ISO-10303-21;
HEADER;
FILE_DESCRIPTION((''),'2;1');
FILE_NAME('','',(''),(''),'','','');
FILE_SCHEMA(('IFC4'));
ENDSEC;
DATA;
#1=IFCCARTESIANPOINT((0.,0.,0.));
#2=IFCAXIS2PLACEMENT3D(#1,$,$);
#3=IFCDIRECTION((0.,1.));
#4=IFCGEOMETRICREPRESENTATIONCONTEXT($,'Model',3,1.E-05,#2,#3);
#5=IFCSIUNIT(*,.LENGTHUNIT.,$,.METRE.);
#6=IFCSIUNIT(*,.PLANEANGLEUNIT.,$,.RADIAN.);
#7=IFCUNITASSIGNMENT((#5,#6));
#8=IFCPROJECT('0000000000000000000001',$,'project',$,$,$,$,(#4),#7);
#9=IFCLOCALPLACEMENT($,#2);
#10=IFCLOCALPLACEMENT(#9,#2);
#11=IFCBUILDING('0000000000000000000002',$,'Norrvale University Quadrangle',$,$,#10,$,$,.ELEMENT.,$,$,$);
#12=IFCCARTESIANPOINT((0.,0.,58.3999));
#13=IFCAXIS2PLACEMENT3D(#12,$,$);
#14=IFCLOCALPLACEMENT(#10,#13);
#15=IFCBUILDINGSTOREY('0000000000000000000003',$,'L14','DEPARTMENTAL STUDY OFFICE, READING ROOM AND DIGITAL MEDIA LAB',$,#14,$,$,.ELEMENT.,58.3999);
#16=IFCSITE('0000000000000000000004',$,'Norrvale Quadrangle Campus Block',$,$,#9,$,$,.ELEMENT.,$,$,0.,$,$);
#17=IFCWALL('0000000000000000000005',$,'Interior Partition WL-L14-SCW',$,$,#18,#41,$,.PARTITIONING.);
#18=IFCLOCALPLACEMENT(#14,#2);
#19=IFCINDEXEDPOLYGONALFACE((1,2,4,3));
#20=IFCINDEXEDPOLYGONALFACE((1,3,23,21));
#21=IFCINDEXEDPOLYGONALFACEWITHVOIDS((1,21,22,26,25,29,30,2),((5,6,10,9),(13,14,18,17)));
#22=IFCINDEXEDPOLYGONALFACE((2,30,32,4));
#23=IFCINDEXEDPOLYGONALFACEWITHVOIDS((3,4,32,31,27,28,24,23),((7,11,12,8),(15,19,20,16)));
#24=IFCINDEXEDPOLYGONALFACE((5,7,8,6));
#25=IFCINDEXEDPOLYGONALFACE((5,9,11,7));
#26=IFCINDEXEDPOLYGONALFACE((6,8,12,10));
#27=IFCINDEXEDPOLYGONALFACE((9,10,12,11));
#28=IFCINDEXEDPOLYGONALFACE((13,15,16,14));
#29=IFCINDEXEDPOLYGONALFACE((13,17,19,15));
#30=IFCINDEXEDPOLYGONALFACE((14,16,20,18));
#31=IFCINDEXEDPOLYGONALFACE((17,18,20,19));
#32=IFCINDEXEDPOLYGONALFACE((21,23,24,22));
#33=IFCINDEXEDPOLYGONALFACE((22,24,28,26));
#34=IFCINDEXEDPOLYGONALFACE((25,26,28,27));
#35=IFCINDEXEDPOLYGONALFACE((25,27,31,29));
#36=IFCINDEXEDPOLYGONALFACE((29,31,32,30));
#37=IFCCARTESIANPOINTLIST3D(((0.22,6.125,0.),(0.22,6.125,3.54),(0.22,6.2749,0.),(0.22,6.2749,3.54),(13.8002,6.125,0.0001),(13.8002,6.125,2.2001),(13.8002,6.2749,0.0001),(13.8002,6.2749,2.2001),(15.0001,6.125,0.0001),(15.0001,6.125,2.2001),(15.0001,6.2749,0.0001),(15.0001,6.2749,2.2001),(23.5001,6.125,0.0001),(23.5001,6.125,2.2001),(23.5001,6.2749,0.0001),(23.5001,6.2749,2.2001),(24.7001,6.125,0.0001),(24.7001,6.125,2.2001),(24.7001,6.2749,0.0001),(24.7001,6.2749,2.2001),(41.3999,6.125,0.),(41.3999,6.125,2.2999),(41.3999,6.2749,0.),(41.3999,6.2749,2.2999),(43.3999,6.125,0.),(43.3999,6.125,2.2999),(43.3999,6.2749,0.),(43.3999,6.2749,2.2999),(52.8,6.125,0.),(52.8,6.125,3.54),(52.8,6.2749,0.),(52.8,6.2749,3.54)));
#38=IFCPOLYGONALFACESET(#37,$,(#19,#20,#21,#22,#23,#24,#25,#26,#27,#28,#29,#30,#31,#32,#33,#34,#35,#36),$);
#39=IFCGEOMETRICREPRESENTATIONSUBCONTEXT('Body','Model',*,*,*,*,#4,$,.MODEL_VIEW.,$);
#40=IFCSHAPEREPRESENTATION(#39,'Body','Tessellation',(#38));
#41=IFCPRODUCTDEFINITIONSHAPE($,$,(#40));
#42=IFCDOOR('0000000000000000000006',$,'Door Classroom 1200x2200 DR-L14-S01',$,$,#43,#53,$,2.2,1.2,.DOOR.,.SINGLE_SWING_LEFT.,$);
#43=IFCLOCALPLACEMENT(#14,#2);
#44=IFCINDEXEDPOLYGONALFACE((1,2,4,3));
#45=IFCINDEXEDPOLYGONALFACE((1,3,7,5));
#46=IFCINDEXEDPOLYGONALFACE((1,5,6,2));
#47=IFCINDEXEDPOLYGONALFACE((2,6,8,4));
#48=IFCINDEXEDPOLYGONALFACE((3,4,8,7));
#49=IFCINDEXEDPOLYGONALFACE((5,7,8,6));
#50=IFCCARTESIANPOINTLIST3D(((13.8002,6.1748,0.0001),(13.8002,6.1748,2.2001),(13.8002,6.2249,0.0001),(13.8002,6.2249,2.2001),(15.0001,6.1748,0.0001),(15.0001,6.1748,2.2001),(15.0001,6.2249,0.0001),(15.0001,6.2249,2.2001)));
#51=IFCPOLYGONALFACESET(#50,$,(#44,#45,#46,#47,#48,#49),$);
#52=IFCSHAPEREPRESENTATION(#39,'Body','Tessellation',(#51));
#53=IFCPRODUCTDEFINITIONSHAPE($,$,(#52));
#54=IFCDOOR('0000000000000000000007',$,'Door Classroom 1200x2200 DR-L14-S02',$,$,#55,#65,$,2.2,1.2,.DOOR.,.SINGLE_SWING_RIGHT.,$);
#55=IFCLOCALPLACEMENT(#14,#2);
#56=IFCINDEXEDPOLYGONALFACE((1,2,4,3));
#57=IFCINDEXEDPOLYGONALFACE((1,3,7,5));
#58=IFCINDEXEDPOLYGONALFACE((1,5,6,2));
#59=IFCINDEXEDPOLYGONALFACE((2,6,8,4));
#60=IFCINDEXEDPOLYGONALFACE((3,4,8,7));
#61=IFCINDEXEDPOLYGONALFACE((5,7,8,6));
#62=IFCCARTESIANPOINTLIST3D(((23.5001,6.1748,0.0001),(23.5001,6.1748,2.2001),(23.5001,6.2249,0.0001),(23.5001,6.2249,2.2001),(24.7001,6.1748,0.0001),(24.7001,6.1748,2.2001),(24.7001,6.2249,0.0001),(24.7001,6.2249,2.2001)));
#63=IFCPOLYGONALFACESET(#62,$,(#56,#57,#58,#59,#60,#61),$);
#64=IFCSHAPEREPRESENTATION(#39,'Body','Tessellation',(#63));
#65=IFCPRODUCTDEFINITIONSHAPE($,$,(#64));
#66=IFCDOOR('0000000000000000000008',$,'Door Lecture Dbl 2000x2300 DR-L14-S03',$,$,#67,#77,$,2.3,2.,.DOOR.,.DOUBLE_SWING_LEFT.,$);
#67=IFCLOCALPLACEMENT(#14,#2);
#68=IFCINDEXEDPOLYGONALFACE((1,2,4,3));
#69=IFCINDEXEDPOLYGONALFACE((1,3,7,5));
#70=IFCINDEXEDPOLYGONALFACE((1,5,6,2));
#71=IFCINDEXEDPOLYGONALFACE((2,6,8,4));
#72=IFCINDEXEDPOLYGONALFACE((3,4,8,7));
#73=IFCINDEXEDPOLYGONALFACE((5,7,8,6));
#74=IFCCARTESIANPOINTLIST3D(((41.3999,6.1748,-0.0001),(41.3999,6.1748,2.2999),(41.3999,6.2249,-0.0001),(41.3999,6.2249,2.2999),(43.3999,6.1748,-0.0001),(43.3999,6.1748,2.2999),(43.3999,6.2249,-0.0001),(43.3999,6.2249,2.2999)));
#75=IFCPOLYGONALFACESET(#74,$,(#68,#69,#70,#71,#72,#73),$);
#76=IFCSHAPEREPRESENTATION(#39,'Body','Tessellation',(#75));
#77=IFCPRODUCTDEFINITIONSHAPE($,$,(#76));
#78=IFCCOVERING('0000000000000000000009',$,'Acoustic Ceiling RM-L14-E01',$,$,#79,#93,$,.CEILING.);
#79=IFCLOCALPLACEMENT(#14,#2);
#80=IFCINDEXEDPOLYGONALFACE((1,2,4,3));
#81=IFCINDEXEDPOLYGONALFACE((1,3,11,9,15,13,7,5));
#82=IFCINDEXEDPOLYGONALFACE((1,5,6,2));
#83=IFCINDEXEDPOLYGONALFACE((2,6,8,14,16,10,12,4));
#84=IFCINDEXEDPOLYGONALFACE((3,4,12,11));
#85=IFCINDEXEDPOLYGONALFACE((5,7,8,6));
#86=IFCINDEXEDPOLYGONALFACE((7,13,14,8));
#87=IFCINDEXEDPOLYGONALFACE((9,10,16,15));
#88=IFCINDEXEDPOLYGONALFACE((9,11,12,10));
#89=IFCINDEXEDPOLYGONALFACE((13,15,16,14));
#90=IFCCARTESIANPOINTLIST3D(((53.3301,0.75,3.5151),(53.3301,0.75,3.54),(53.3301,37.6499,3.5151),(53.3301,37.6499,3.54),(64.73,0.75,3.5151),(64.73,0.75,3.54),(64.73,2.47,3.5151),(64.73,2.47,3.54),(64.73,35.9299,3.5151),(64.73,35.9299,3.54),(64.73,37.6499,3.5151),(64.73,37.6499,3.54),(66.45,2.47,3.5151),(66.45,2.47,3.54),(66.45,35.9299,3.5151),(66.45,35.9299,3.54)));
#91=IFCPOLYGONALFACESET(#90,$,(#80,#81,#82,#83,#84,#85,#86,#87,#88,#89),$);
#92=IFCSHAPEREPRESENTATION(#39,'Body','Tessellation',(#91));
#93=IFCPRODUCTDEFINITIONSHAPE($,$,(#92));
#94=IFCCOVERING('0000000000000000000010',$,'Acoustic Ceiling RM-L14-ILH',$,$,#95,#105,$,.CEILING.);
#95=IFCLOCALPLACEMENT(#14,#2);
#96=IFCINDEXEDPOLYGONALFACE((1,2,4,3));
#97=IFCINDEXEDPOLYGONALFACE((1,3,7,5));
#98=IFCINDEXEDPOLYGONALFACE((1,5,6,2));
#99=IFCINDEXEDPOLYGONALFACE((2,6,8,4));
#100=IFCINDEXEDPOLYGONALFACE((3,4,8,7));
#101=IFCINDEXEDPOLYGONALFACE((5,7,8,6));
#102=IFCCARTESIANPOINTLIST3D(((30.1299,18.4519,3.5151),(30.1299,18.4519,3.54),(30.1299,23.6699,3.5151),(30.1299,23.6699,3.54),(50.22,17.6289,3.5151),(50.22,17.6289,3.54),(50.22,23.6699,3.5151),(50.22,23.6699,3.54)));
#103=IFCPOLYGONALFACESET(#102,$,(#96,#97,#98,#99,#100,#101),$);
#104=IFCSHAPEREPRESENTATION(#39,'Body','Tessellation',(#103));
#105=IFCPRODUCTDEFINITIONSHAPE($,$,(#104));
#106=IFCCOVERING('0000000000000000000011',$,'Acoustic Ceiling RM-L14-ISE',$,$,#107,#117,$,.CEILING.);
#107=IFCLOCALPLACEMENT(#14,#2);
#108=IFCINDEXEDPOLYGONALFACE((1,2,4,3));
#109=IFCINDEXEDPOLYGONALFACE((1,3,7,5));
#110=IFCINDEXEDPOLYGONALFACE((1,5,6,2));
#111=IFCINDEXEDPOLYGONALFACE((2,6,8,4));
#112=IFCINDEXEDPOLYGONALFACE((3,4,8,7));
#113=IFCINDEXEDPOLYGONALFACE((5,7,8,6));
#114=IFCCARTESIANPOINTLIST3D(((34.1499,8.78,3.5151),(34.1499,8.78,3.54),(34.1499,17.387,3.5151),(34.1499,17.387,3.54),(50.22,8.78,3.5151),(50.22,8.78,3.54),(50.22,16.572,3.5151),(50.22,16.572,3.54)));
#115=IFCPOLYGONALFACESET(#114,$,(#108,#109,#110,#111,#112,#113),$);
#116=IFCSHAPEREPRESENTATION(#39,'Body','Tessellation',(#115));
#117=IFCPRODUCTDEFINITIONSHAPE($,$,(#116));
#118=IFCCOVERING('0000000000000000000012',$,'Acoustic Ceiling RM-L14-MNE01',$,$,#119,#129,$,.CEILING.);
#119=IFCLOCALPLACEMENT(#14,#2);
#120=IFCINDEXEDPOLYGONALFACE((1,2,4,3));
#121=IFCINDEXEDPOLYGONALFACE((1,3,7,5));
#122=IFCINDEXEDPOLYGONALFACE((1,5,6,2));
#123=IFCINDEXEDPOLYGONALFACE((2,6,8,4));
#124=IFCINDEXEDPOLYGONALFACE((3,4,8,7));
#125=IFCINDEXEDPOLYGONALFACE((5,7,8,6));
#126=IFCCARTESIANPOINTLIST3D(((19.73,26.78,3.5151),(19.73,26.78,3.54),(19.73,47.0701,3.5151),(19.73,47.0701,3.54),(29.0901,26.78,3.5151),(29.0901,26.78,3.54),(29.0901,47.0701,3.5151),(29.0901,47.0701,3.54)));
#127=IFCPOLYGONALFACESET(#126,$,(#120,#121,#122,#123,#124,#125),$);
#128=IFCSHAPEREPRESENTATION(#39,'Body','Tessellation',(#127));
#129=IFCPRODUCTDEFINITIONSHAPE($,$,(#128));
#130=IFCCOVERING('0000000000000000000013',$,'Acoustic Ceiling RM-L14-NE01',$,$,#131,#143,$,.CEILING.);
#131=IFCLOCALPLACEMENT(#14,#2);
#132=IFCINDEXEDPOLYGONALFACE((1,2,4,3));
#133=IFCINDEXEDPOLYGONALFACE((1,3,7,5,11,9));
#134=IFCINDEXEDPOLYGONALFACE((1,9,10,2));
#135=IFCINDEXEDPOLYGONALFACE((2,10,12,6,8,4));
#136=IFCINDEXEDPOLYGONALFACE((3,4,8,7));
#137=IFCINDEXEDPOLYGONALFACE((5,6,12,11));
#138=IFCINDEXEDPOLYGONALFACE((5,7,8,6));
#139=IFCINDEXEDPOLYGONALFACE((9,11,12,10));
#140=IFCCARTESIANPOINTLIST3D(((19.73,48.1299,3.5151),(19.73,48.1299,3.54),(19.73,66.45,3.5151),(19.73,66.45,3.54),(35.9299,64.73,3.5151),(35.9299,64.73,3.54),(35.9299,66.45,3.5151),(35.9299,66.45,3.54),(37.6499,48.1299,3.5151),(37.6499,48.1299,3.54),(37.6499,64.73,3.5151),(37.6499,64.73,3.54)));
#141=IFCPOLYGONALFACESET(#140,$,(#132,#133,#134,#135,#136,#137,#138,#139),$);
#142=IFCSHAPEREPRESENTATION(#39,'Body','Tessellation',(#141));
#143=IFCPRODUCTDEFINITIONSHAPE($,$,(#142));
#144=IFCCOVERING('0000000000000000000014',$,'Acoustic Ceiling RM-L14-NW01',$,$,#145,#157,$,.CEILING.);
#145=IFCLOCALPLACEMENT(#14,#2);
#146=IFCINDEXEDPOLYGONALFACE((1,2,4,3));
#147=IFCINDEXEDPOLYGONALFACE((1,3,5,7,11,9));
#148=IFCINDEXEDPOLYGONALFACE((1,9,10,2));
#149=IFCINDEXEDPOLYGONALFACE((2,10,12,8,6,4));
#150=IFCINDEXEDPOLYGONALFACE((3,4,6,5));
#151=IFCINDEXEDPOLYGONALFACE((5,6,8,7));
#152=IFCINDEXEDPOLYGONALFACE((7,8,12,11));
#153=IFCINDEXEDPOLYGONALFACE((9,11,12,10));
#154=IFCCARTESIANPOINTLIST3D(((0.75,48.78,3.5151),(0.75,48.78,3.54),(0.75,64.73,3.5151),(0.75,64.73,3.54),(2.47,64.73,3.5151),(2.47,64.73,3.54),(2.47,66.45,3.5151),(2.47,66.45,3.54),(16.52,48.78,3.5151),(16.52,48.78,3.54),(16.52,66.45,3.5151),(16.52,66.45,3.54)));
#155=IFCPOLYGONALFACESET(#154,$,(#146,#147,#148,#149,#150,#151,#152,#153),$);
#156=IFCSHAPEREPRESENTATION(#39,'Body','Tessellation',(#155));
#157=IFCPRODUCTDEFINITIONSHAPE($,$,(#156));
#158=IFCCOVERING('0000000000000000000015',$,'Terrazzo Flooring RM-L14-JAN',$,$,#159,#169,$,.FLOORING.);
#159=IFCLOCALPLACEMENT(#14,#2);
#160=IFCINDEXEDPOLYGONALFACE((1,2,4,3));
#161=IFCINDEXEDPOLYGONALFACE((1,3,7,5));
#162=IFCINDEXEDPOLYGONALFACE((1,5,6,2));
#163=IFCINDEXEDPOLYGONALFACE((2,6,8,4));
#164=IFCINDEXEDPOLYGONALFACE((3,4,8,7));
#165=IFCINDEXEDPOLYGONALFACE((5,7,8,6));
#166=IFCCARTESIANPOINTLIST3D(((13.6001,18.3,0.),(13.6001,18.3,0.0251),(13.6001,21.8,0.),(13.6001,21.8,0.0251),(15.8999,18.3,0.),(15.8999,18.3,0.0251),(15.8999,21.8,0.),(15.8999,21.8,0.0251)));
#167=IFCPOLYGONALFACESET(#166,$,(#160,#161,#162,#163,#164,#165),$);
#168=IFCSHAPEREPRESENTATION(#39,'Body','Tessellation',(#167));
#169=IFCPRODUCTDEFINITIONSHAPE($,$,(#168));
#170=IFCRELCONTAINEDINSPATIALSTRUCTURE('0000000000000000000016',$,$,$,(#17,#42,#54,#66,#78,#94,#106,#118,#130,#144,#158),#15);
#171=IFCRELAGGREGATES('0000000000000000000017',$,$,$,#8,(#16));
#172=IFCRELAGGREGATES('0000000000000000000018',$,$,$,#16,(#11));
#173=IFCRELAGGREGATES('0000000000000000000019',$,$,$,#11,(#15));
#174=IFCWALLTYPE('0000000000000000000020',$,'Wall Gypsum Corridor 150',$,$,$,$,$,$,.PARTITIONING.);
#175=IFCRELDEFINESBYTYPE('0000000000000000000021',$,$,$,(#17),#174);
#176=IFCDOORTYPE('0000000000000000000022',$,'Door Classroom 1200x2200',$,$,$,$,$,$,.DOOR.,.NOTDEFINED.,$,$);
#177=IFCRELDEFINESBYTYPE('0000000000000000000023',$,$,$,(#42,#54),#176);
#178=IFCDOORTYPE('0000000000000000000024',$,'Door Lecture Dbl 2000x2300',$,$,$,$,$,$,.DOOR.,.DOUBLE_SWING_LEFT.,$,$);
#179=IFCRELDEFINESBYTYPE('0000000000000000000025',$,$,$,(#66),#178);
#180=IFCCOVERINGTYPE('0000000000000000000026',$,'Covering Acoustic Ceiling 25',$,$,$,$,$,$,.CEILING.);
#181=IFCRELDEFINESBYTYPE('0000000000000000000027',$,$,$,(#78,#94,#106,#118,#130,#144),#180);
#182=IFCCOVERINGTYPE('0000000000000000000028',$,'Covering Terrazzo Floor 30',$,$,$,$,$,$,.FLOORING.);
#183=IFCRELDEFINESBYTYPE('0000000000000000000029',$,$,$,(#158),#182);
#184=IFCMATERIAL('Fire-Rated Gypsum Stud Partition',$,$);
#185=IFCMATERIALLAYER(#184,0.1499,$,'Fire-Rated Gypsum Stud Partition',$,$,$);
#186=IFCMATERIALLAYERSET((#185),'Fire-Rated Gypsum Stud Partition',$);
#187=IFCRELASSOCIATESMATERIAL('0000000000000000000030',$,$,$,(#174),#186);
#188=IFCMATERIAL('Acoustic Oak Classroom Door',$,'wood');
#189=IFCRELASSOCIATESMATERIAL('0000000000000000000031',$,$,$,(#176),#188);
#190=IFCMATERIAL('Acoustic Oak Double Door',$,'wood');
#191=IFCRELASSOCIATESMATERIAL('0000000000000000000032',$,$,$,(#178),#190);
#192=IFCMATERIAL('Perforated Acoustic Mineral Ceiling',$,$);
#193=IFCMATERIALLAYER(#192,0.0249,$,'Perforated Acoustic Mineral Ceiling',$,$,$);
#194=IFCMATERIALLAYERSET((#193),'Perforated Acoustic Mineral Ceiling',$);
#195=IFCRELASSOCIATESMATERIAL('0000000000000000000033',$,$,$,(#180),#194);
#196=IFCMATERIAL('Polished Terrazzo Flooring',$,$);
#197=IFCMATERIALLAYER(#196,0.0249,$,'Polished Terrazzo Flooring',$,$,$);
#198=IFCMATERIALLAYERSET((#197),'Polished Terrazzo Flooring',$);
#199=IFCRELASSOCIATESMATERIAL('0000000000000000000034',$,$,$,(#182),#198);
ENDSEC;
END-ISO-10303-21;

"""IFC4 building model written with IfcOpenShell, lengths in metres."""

from ifc_helpers import new_model, si_unit, direction, frame, frame_2d, origin, place, context, subcontext, project, spatial, polyline, rectangle, outline, extrude, material, layer, layer_set, type_object, element, fill, save


model = new_model("IFC4")

# Units and contexts
model_context = context("Model", 3, precision=1e-05, world=origin(), true_north=direction((0.0, 1.0)))
body_context = subcontext(model_context, "Body", "Model", "MODEL_VIEW")
ifc_project = project(units=[si_unit("LENGTHUNIT", "METRE"), si_unit("PLANEANGLEUNIT", "RADIAN")], contexts=[model_context])

# Site, building, storey
site_placement = place(None, origin())
site = spatial("IfcSite", under=ifc_project, at=site_placement, Name="Norrvale Quadrangle Campus Block", CompositionType="ELEMENT", RefElevation=0.0)
building_placement = place(site_placement, origin())
building = spatial("IfcBuilding", under=site, at=building_placement, Name="Norrvale University Quadrangle", CompositionType="ELEMENT")
storey_placement = place(building_placement, frame((0.0, 0.0, 58.3999)))
storey = spatial("IfcBuildingStorey", under=building, at=storey_placement, Name="L14", Description="DEPARTMENTAL STUDY OFFICE, READING ROOM AND DIGITAL MEDIA LAB", CompositionType="ELEMENT", Elevation=58.3999)

# Wall, openings, doors
ifc_material_1 = material(Name="Fire-Rated Gypsum Stud Partition")
ifc_layer_1 = layer(ifc_material_1, 0.1499, Name="Fire-Rated Gypsum Stud Partition")
ifc_layer_set_1 = layer_set([ifc_layer_1], Name="Fire-Rated Gypsum Stud Partition")
wall_type_1 = type_object("IfcWallType", Name="Wall Gypsum Corridor 150", PredefinedType="PARTITIONING", material=ifc_layer_set_1)
wall_1_placement = place(storey_placement, frame((0.22, 6.2, 0.0), z_axis=(0.0, 0.0, 1.0), x_axis=(1.0, 0.0, 0.0)))
wall_1 = element("IfcWall", 1, at=wall_1_placement, inside=storey, type_object=wall_type_1, Name="Interior Partition WL-L14-SCW", PredefinedType="PARTITIONING", context=body_context, shape_type="SweptSolid", body=[
    extrude(rectangle(XDim=52.5801, YDim=0.1499, at=frame_2d((26.29, 0.0))), origin(), (0.0, 0.0, 1.0), 3.54),
])
opening_1_placement = place(wall_1_placement, frame((13.5801, 0.0, 0.0)))
opening_1 = element("IfcOpeningElement", 2, at=opening_1_placement, cuts=wall_1, PredefinedType="OPENING", context=body_context, shape_type="SweptSolid", body=[
    extrude(rectangle(XDim=1.2, YDim=2.2, at=frame_2d((0.6001, 1.1001))), frame((0.0, 0.0869, 0.0), z_axis=(0.0, -1.0, 0.0), x_axis=(1.0, 0.0, 0.0)), (0.0, 0.0, 1.0), 0.1738),
])
opening_2_placement = place(wall_1_placement, frame((23.28, 0.0, 0.0)))
opening_2 = element("IfcOpeningElement", 3, at=opening_2_placement, cuts=wall_1, PredefinedType="OPENING", context=body_context, shape_type="SweptSolid", body=[
    extrude(rectangle(XDim=1.2, YDim=2.2, at=frame_2d((0.6001, 1.1001))), frame((0.0, 0.0869, 0.0), z_axis=(0.0, -1.0, 0.0), x_axis=(1.0, 0.0, 0.0)), (0.0, 0.0, 1.0), 0.1738),
])
opening_3_placement = place(wall_1_placement, frame((41.1799, 0.0, 0.0)))
opening_3 = element("IfcOpeningElement", 4, at=opening_3_placement, cuts=wall_1, PredefinedType="OPENING", context=body_context, shape_type="SweptSolid", body=[
    extrude(rectangle(XDim=2.0, YDim=2.3, at=frame_2d((1.0, 1.1499))), frame((0.0, 0.0869, 0.0), z_axis=(0.0, -1.0, 0.0), x_axis=(1.0, 0.0, 0.0)), (0.0, 0.0, 1.0), 0.1738),
])
ifc_material_2 = material(Name="Acoustic Oak Classroom Door", Category="wood")
door_type_1 = type_object("IfcDoorType", Name="Door Classroom 1200x2200", OperationType="NOTDEFINED", PredefinedType="DOOR", material=ifc_material_2)
door_1_placement = place(opening_1_placement, origin())
door_1 = element("IfcDoor", 5, at=door_1_placement, inside=storey, type_object=door_type_1, Name="Door Classroom 1200x2200 DR-L14-S01", OperationType="SINGLE_SWING_LEFT", OverallHeight=2.2, OverallWidth=1.2, PredefinedType="DOOR", context=body_context, shape_type="SweptSolid", body=[
    extrude(rectangle(XDim=1.2, YDim=2.2, at=frame_2d((0.6001, 1.1001))), frame((0.0, 0.0249, 0.0), z_axis=(0.0, -1.0, 0.0), x_axis=(1.0, 0.0, 0.0)), (0.0, 0.0, 1.0), 0.05),
])
fill(opening_1, door_1)
door_2_placement = place(opening_2_placement, origin())
door_2 = element("IfcDoor", 6, at=door_2_placement, inside=storey, type_object=door_type_1, Name="Door Classroom 1200x2200 DR-L14-S02", OperationType="SINGLE_SWING_RIGHT", OverallHeight=2.2, OverallWidth=1.2, PredefinedType="DOOR", context=body_context, shape_type="SweptSolid", body=[
    extrude(rectangle(XDim=1.2, YDim=2.2, at=frame_2d((0.6001, 1.1001))), frame((0.0, 0.0249, 0.0), z_axis=(0.0, -1.0, 0.0), x_axis=(1.0, 0.0, 0.0)), (0.0, 0.0, 1.0), 0.05),
])
fill(opening_2, door_2)
ifc_material_3 = material(Name="Acoustic Oak Double Door", Category="wood")
door_type_2 = type_object("IfcDoorType", Name="Door Lecture Dbl 2000x2300", OperationType="DOUBLE_SWING_LEFT", PredefinedType="DOOR", material=ifc_material_3)
door_3_placement = place(opening_3_placement, origin())
door_3 = element("IfcDoor", 7, at=door_3_placement, inside=storey, type_object=door_type_2, Name="Door Lecture Dbl 2000x2300 DR-L14-S03", OperationType="DOUBLE_SWING_LEFT", OverallHeight=2.3, OverallWidth=2.0, PredefinedType="DOOR", context=body_context, shape_type="SweptSolid", body=[
    extrude(rectangle(XDim=2.0, YDim=2.3, at=frame_2d((1.0, 1.1499))), frame((0.0, 0.0249, 0.0), z_axis=(0.0, -1.0, 0.0), x_axis=(1.0, 0.0, 0.0)), (0.0, 0.0, 1.0), 0.05),
])
fill(opening_3, door_3)

# Coverings
ifc_material_4 = material(Name="Perforated Acoustic Mineral Ceiling")
ifc_layer_2 = layer(ifc_material_4, 0.0249, Name="Perforated Acoustic Mineral Ceiling")
ifc_layer_set_2 = layer_set([ifc_layer_2], Name="Perforated Acoustic Mineral Ceiling")
covering_type_1 = type_object("IfcCoveringType", Name="Covering Acoustic Ceiling 25", PredefinedType="CEILING", material=ifc_layer_set_2)
covering_1_placement = place(storey_placement, frame((0.0, 0.0, 3.5151)))
element("IfcCovering", 8, at=covering_1_placement, inside=storey, type_object=covering_type_1, Name="Acoustic Ceiling RM-L14-E01", PredefinedType="CEILING", context=body_context, shape_type="SweptSolid", body=[
    extrude(outline(polyline([(53.3301, 37.6499), (64.73, 37.6499), (64.73, 35.9299), (66.45, 35.9299), (66.45, 2.47), (64.73, 2.47), (64.73, 0.75), (53.3301, 0.75), (53.3301, 37.6499)])), origin(), (0.0, 0.0, 1.0), 0.0249),
])
covering_2_placement = place(storey_placement, frame((0.0, 0.0, 3.5151)))
element("IfcCovering", 9, at=covering_2_placement, inside=storey, type_object=covering_type_1, Name="Acoustic Ceiling RM-L14-ILH", PredefinedType="CEILING", context=body_context, shape_type="SweptSolid", body=[
    extrude(outline(polyline([(30.1299, 18.4519), (30.1299, 23.6699), (50.22, 23.6699), (50.22, 17.6289), (30.1299, 18.4519)])), origin(), (0.0, 0.0, 1.0), 0.0249),
])
covering_3_placement = place(storey_placement, frame((0.0, 0.0, 3.5151)))
element("IfcCovering", 10, at=covering_3_placement, inside=storey, type_object=covering_type_1, Name="Acoustic Ceiling RM-L14-ISE", PredefinedType="CEILING", context=body_context, shape_type="SweptSolid", body=[
    extrude(outline(polyline([(34.1499, 8.78), (34.1499, 17.387), (50.22, 16.572), (50.22, 8.78), (34.1499, 8.78)])), origin(), (0.0, 0.0, 1.0), 0.0249),
])
covering_4_placement = place(storey_placement, frame((0.0, 0.0, 3.5151)))
element("IfcCovering", 11, at=covering_4_placement, inside=storey, type_object=covering_type_1, Name="Acoustic Ceiling RM-L14-MNE01", PredefinedType="CEILING", context=body_context, shape_type="SweptSolid", body=[
    extrude(outline(polyline([(19.73, 47.0701), (29.0901, 47.0701), (29.0901, 26.78), (19.73, 26.78), (19.73, 47.0701)])), origin(), (0.0, 0.0, 1.0), 0.0249),
])
covering_5_placement = place(storey_placement, frame((0.0, 0.0, 3.5151)))
element("IfcCovering", 12, at=covering_5_placement, inside=storey, type_object=covering_type_1, Name="Acoustic Ceiling RM-L14-NE01", PredefinedType="CEILING", context=body_context, shape_type="SweptSolid", body=[
    extrude(outline(polyline([(37.6499, 48.1299), (19.73, 48.1299), (19.73, 66.45), (35.9299, 66.45), (35.9299, 64.73), (37.6499, 64.73), (37.6499, 48.1299)])), origin(), (0.0, 0.0, 1.0), 0.0249),
])
covering_6_placement = place(storey_placement, frame((0.0, 0.0, 3.5151)))
element("IfcCovering", 13, at=covering_6_placement, inside=storey, type_object=covering_type_1, Name="Acoustic Ceiling RM-L14-NW01", PredefinedType="CEILING", context=body_context, shape_type="SweptSolid", body=[
    extrude(outline(polyline([(16.52, 66.45), (16.52, 48.78), (0.75, 48.78), (0.75, 64.73), (2.47, 64.73), (2.47, 66.45), (16.52, 66.45)])), origin(), (0.0, 0.0, 1.0), 0.0249),
])
ifc_material_5 = material(Name="Polished Terrazzo Flooring")
ifc_layer_3 = layer(ifc_material_5, 0.0249, Name="Polished Terrazzo Flooring")
ifc_layer_set_3 = layer_set([ifc_layer_3], Name="Polished Terrazzo Flooring")
covering_type_2 = type_object("IfcCoveringType", Name="Covering Terrazzo Floor 30", PredefinedType="FLOORING", material=ifc_layer_set_3)
covering_7_placement = place(storey_placement, origin())
element("IfcCovering", 14, at=covering_7_placement, inside=storey, type_object=covering_type_2, Name="Terrazzo Flooring RM-L14-JAN", PredefinedType="FLOORING", context=body_context, shape_type="SweptSolid", body=[
    extrude(outline(polyline([(13.6001, 18.3), (13.6001, 21.8), (15.8999, 21.8), (15.8999, 18.3), (13.6001, 18.3)])), origin(), (0.0, 0.0, 1.0), 0.0251),
])

save(model, "model.ifc")
